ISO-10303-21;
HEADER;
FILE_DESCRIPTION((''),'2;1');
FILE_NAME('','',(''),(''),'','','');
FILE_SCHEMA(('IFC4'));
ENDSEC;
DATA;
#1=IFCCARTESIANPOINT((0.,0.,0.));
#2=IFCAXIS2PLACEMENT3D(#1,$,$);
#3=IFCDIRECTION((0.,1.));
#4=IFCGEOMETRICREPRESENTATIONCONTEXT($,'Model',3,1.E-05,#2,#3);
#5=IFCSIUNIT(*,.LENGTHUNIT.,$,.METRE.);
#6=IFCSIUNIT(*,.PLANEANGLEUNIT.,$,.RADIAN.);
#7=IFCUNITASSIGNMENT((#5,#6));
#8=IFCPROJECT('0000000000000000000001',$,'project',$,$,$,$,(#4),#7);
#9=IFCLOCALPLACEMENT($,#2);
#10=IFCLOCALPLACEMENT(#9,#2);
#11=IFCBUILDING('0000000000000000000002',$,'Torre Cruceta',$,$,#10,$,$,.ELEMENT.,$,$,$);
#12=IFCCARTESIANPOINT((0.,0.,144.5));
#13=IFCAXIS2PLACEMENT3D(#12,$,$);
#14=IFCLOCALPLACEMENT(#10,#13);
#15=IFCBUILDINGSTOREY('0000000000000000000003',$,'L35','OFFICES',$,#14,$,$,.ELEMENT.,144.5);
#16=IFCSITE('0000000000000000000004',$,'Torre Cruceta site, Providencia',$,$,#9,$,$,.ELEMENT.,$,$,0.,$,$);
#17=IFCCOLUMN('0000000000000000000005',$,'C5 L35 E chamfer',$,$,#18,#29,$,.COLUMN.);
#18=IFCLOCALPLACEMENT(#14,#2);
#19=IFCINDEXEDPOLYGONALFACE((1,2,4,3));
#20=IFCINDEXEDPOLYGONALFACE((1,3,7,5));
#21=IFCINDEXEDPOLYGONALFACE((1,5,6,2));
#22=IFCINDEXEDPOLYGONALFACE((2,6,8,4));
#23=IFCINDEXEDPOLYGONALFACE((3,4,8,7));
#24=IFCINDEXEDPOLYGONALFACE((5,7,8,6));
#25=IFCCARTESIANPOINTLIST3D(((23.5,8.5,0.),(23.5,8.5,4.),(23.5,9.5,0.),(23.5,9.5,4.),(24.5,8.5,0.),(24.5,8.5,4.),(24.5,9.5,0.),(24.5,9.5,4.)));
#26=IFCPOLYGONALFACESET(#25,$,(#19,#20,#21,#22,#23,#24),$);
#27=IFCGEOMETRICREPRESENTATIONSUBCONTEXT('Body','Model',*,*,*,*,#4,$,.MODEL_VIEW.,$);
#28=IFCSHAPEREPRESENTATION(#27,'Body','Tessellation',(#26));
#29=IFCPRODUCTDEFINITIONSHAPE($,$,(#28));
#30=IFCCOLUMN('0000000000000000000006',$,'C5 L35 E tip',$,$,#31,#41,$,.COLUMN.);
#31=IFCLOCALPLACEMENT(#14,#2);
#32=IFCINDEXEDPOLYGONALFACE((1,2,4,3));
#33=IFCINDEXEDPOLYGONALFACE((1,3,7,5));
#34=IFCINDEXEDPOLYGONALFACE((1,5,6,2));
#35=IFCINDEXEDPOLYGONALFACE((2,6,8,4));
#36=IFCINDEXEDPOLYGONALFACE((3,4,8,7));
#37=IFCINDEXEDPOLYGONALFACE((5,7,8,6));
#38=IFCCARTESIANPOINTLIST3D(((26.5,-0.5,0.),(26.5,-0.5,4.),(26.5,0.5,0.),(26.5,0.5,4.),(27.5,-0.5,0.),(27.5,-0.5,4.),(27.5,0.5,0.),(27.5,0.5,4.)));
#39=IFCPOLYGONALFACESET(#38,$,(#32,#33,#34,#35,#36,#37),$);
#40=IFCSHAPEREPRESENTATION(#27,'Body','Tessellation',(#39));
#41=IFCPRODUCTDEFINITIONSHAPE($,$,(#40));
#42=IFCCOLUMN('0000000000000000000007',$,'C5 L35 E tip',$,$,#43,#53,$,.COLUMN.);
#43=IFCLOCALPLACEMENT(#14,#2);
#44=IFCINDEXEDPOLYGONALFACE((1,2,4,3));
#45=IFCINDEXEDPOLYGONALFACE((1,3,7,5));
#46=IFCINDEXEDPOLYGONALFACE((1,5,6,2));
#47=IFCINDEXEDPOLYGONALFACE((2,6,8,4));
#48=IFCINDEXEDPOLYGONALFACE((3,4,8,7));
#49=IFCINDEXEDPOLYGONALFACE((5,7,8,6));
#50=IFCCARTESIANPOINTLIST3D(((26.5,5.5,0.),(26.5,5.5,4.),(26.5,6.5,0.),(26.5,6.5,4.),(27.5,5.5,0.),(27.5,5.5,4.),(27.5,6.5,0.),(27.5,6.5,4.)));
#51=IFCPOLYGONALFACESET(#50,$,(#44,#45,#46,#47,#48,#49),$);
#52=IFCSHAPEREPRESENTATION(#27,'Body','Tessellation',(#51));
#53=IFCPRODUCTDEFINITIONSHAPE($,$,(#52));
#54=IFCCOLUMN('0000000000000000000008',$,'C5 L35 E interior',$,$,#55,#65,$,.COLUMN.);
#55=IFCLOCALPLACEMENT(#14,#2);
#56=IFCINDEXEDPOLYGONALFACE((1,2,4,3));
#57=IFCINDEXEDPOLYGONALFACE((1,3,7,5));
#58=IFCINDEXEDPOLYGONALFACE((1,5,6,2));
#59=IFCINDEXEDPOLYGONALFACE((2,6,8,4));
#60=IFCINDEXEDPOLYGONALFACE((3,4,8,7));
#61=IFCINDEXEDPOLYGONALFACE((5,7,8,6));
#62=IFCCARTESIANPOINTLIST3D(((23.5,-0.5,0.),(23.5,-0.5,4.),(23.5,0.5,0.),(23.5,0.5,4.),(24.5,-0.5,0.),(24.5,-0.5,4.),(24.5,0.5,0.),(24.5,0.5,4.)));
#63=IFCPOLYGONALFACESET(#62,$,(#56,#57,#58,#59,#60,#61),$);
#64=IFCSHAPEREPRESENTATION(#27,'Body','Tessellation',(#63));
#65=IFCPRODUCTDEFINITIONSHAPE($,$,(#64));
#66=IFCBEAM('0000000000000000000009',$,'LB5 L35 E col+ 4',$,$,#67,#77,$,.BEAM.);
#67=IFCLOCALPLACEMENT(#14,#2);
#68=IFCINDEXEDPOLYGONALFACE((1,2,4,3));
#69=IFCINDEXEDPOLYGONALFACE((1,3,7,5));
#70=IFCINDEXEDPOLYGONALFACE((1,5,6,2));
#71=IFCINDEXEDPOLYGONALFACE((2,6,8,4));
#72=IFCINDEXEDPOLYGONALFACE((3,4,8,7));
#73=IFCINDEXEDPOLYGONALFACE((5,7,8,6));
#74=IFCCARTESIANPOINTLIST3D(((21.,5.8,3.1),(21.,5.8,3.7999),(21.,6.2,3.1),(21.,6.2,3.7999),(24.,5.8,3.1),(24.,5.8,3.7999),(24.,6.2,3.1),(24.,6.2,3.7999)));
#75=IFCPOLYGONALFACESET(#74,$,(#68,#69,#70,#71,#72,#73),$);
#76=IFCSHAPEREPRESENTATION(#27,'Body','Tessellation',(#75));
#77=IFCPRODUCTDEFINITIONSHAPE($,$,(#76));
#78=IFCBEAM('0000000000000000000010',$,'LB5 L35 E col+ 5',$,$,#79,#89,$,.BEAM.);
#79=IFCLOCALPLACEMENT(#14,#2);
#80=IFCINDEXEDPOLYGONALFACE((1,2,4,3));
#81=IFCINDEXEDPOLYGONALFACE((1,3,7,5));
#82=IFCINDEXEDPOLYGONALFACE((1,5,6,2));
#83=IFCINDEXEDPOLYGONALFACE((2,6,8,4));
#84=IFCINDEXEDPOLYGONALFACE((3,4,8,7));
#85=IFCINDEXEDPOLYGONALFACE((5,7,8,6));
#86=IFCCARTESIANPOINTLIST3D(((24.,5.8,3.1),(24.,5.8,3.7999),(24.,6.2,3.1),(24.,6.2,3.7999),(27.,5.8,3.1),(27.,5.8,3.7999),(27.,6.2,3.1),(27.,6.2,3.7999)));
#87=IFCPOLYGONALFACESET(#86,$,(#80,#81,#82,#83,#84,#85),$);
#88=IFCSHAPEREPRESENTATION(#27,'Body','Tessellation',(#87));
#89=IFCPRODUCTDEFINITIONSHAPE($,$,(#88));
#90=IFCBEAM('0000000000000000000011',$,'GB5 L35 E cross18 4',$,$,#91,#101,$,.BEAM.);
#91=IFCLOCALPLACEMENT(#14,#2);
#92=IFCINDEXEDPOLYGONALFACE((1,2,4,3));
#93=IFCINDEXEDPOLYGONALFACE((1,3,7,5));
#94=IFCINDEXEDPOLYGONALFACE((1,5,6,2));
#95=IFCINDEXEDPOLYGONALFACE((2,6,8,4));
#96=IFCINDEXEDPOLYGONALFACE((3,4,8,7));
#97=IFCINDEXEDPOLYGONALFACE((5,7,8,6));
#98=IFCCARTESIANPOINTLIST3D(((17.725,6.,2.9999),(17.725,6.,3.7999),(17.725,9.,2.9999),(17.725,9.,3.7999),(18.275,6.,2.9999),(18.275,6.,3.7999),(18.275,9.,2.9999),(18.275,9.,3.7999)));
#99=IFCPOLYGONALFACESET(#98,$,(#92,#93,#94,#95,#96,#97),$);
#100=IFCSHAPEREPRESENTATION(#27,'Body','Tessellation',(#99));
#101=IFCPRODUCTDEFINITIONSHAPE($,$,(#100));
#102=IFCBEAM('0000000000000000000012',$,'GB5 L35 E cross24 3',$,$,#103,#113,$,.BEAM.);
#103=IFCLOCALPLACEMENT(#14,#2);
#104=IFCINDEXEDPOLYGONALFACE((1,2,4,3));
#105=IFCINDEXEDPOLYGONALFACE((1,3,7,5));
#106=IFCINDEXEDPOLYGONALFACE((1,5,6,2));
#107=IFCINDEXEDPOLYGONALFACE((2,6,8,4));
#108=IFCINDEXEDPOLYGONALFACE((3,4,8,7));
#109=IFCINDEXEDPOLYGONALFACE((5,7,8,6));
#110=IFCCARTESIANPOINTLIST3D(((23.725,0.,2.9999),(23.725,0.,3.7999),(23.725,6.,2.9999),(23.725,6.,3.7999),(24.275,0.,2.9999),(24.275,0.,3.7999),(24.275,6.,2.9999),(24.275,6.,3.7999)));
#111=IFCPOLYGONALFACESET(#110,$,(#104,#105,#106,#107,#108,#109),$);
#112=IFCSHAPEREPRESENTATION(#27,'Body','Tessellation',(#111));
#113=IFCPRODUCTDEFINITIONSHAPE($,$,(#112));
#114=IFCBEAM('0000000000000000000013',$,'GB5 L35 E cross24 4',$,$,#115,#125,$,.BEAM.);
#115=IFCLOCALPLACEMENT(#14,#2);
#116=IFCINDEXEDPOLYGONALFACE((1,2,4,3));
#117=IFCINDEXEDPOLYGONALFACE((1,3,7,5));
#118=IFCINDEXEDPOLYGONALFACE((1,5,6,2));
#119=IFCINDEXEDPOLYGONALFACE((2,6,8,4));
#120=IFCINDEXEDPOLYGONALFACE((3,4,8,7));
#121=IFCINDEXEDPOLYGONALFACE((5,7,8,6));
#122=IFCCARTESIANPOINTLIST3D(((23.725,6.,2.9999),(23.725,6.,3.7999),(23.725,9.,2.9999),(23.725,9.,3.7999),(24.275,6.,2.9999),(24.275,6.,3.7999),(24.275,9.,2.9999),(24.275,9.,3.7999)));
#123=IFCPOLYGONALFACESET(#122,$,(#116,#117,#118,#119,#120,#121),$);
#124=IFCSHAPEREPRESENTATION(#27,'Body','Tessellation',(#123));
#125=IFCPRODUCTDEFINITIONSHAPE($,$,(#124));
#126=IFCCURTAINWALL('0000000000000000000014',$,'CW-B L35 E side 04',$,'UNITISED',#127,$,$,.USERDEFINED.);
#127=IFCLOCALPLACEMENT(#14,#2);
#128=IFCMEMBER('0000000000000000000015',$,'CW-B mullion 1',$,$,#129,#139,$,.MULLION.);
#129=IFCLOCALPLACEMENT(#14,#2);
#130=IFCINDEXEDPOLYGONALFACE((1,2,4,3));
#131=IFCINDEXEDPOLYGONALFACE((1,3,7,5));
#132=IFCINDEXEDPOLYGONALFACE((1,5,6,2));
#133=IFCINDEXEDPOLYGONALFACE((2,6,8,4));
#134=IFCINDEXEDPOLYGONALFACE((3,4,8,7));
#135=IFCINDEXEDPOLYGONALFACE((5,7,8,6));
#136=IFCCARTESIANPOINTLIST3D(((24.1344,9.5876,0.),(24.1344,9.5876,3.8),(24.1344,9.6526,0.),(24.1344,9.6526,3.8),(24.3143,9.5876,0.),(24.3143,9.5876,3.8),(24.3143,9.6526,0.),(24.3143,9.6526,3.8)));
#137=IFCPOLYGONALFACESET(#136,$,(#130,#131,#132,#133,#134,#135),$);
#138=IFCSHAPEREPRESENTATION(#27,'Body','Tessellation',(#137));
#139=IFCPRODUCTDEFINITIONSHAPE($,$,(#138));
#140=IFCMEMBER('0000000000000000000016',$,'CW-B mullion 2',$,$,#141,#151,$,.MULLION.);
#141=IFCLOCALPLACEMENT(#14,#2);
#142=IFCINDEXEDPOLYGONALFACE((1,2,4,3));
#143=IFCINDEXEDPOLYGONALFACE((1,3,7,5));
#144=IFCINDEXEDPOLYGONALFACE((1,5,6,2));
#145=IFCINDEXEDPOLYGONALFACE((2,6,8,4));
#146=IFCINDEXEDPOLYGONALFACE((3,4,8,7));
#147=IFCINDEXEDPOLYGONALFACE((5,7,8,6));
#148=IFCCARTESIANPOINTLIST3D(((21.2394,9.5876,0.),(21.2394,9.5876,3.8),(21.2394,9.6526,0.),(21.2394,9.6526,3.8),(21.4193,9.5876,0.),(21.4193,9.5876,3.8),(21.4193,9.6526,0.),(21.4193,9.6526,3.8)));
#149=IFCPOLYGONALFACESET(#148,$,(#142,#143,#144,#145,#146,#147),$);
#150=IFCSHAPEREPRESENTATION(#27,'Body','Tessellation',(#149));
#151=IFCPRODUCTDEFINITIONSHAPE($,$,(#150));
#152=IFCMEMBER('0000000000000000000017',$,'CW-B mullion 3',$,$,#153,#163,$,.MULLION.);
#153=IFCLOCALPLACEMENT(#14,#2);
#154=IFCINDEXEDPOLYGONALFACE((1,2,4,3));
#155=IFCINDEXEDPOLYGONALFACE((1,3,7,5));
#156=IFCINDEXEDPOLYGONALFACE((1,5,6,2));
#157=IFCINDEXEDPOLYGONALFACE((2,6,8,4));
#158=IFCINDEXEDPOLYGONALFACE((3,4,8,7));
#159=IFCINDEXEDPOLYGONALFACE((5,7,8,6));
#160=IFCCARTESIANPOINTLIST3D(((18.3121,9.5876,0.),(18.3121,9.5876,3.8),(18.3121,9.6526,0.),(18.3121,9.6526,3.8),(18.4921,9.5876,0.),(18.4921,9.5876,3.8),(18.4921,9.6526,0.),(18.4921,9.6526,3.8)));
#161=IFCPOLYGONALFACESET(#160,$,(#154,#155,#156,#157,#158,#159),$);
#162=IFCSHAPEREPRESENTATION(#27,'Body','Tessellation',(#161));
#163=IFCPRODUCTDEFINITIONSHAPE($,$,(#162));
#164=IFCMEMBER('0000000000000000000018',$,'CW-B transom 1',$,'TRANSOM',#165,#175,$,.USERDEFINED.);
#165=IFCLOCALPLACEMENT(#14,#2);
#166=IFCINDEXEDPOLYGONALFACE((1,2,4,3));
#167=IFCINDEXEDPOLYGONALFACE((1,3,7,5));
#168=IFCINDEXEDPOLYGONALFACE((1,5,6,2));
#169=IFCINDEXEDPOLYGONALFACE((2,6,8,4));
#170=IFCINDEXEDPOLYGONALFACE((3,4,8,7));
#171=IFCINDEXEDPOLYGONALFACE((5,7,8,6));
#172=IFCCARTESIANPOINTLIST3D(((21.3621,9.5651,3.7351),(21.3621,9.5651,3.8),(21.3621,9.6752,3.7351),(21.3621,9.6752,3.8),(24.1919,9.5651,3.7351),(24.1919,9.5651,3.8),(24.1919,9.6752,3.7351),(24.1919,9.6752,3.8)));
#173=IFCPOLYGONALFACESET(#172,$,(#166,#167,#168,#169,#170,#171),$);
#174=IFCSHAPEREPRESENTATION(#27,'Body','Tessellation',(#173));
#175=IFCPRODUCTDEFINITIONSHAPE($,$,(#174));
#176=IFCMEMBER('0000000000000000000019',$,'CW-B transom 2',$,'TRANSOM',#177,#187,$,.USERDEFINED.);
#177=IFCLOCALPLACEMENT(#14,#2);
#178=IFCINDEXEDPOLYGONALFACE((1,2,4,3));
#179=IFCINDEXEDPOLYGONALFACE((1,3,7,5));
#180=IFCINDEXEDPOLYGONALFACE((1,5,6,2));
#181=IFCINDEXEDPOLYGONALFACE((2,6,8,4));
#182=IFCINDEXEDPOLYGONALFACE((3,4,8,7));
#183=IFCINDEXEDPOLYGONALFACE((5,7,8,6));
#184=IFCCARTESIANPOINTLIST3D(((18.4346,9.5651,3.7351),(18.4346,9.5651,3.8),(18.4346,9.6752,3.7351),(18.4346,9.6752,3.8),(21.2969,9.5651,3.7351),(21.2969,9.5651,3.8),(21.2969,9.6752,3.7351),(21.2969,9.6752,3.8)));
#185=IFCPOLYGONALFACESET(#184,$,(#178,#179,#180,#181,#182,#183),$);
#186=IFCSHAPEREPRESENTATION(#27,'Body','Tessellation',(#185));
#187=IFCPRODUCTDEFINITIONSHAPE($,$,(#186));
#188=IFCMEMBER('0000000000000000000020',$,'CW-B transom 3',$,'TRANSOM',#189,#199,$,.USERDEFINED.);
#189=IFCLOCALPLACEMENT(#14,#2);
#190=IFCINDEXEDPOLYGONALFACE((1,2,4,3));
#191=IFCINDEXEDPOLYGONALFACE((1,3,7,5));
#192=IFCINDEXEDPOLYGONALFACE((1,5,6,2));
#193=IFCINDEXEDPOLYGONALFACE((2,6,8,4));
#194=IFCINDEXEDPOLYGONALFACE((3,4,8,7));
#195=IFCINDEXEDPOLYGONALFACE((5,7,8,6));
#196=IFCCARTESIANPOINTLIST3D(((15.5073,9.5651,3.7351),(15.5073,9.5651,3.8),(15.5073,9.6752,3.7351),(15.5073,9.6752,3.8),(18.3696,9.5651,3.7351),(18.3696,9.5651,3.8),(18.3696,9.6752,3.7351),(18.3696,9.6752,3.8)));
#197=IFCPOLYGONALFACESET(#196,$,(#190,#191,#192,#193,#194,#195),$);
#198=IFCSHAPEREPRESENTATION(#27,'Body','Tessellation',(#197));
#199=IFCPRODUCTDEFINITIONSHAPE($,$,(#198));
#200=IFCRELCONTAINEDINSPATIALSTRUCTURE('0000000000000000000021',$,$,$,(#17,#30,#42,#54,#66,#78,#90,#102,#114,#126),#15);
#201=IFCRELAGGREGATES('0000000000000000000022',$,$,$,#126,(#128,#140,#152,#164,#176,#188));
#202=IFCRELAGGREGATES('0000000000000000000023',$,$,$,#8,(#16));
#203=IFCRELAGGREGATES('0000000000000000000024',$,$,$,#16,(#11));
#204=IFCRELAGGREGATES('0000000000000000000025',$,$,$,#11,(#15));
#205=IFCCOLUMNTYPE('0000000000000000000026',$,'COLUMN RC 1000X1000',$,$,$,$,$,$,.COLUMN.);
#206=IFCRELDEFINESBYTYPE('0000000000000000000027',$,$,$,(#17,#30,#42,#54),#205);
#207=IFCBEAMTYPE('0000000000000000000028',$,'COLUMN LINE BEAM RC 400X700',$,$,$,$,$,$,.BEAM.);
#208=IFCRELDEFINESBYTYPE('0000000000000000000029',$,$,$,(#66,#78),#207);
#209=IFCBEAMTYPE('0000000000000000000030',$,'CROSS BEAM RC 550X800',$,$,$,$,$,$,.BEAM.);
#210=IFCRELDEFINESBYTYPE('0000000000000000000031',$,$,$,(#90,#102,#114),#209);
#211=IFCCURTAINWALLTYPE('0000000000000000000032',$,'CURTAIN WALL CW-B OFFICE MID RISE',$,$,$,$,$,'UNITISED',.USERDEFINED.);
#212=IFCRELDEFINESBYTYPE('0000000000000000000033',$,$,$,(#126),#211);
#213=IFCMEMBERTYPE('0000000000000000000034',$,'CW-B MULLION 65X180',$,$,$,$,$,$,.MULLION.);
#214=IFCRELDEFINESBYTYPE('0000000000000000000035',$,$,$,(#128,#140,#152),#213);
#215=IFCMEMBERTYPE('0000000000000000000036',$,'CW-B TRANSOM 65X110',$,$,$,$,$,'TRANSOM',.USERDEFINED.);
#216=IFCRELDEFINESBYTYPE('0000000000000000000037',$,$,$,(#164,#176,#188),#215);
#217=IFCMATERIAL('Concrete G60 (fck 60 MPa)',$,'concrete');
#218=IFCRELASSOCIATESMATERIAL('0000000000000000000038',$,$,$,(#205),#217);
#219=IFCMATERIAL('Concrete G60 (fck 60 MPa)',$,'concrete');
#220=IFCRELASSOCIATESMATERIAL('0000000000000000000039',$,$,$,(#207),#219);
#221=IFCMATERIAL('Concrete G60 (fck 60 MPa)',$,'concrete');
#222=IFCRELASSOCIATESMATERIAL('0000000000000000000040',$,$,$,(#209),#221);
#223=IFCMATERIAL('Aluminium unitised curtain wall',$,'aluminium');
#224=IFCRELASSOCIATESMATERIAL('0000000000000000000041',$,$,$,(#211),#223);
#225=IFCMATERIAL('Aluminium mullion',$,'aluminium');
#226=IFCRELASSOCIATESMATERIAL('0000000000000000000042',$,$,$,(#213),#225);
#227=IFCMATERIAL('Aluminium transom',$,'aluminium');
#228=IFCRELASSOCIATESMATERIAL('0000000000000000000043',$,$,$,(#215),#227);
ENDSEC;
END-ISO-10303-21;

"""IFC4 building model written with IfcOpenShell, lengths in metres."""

from ifc_helpers import new_model, si_unit, direction, frame, origin, origin_2d, place, context, subcontext, project, spatial, rectangle, extrude, material, material_profile, profile_set, type_object, element, aggregate, save


model = new_model("IFC4")

# Units and contexts
model_context = context("Model", 3, precision=1e-05, world=origin(), true_north=direction((0.0, 1.0)))
body_context = subcontext(model_context, "Body", "Model", "MODEL_VIEW")
ifc_project = project(units=[si_unit("LENGTHUNIT", "METRE"), si_unit("PLANEANGLEUNIT", "RADIAN")], contexts=[model_context])

# Site, building, storey
site_placement = place(None, origin())
site = spatial("IfcSite", under=ifc_project, at=site_placement, Name="Torre Cruceta site, Providencia", CompositionType="ELEMENT", RefElevation=0.0)
building_placement = place(site_placement, origin())
building = spatial("IfcBuilding", under=site, at=building_placement, Name="Torre Cruceta", CompositionType="ELEMENT")
storey_placement = place(building_placement, frame((0.0, 0.0, 144.5)))
storey = spatial("IfcBuildingStorey", under=building, at=storey_placement, Name="L35", Description="OFFICES", CompositionType="ELEMENT", Elevation=144.5)

# Columns
ifc_material_1 = material(Name="Concrete G60 (fck 60 MPa)", Category="concrete")
ifc_material_profile_1 = material_profile(ifc_material_1, rectangle(XDim=1.0, YDim=1.0, at=origin_2d()), Name="RC 1000X1000")
ifc_profile_set_1 = profile_set([ifc_material_profile_1], Name="Concrete G60 (fck 60 MPa)")
column_type = type_object("IfcColumnType", Name="COLUMN RC 1000X1000", PredefinedType="COLUMN", material=ifc_profile_set_1)
for number, where, z_axis, x_axis, name in (
    (1, (24.0, 9.0, 0.0), (0.0, 0.0, 1.0), (1.0, 0.0, 0.0), "C5 L35 E chamfer"),
    (2, (27.0, 0.0, 0.0), (0.0, 0.0, 1.0), (1.0, 0.0, 0.0), "C5 L35 E tip"),
    (3, (27.0, 6.0, 0.0), (0.0, 0.0, 1.0), (1.0, 0.0, 0.0), "C5 L35 E tip"),
    (4, (24.0, 0.0, 0.0), (0.0, 0.0, 1.0), (1.0, 0.0, 0.0), "C5 L35 E interior"),
):
    element("IfcColumn", number, at=place(storey_placement, frame(where, z_axis=z_axis, x_axis=x_axis)), inside=storey, type_object=column_type, Name=name, PredefinedType="COLUMN", context=body_context, shape_type="SweptSolid", body=[
        extrude(rectangle(XDim=1.0, YDim=1.0, at=origin_2d()), origin(), (0.0, 0.0, 1.0), 4.0),
    ])

# Beams
ifc_material_2 = material(Name="Concrete G60 (fck 60 MPa)", Category="concrete")
ifc_material_profile_2 = material_profile(ifc_material_2, rectangle(XDim=0.3999, YDim=0.7, at=origin_2d()), Name="RC 400X700")
ifc_profile_set_2 = profile_set([ifc_material_profile_2], Name="Concrete G60 (fck 60 MPa)")
beam_type_1 = type_object("IfcBeamType", Name="COLUMN LINE BEAM RC 400X700", PredefinedType="BEAM", material=ifc_profile_set_2)
for number, where, z_axis, x_axis, name in (
    (5, (21.0, 6.0, 3.45), (1.0, 0.0, 0.0), (0.0, 1.0, 0.0), "LB5 L35 E col+ 4"),
    (6, (24.0, 6.0, 3.45), (1.0, 0.0, 0.0), (0.0, 1.0, 0.0), "LB5 L35 E col+ 5"),
):
    element("IfcBeam", number, at=place(storey_placement, frame(where, z_axis=z_axis, x_axis=x_axis)), inside=storey, type_object=beam_type_1, Name=name, PredefinedType="BEAM", context=body_context, shape_type="SweptSolid", body=[
        extrude(rectangle(XDim=0.3999, YDim=0.7, at=origin_2d()), origin(), (0.0, 0.0, 1.0), 3.0),
    ])
ifc_material_3 = material(Name="Concrete G60 (fck 60 MPa)", Category="concrete")
ifc_material_profile_3 = material_profile(ifc_material_3, rectangle(XDim=0.55, YDim=0.8, at=origin_2d()), Name="RC 550X800")
ifc_profile_set_3 = profile_set([ifc_material_profile_3], Name="Concrete G60 (fck 60 MPa)")
beam_type_2 = type_object("IfcBeamType", Name="CROSS BEAM RC 550X800", PredefinedType="BEAM", material=ifc_profile_set_3)
beam_1_placement = place(storey_placement, frame((18.0, 6.0, 3.3999), z_axis=(0.0, 1.0, 0.0), x_axis=(-1.0, 0.0, 0.0)))
element("IfcBeam", 7, at=beam_1_placement, inside=storey, type_object=beam_type_2, Name="GB5 L35 E cross18 4", PredefinedType="BEAM", context=body_context, shape_type="SweptSolid", body=[
    extrude(rectangle(XDim=0.55, YDim=0.8, at=origin_2d()), origin(), (0.0, 0.0, 1.0), 3.0),
])
beam_2_placement = place(storey_placement, frame((24.0, 0.0, 3.3999), z_axis=(0.0, 1.0, 0.0), x_axis=(-1.0, 0.0, 0.0)))
element("IfcBeam", 8, at=beam_2_placement, inside=storey, type_object=beam_type_2, Name="GB5 L35 E cross24 3", PredefinedType="BEAM", context=body_context, shape_type="SweptSolid", body=[
    extrude(rectangle(XDim=0.55, YDim=0.8, at=origin_2d()), origin(), (0.0, 0.0, 1.0), 6.0),
])
beam_3_placement = place(storey_placement, frame((24.0, 6.0, 3.3999), z_axis=(0.0, 1.0, 0.0), x_axis=(-1.0, 0.0, 0.0)))
element("IfcBeam", 9, at=beam_3_placement, inside=storey, type_object=beam_type_2, Name="GB5 L35 E cross24 4", PredefinedType="BEAM", context=body_context, shape_type="SweptSolid", body=[
    extrude(rectangle(XDim=0.55, YDim=0.8, at=origin_2d()), origin(), (0.0, 0.0, 1.0), 3.0),
])

# Curtain wall, members
ifc_material_4 = material(Name="Aluminium unitised curtain wall", Category="aluminium")
curtain_wall_type = type_object("IfcCurtainWallType", Name="CURTAIN WALL CW-B OFFICE MID RISE", ElementType="UNITISED", PredefinedType="USERDEFINED", material=ifc_material_4)
curtain_wall_placement = place(storey_placement, origin())
curtain_wall = element("IfcCurtainWall", 10, at=curtain_wall_placement, inside=storey, type_object=curtain_wall_type, Name="CW-B L35 E side 04", ObjectType="UNITISED", PredefinedType="USERDEFINED")
ifc_material_5 = material(Name="Aluminium mullion", Category="aluminium")
ifc_material_profile_4 = material_profile(ifc_material_5, rectangle(XDim=0.0649, YDim=0.1799, at=origin_2d()), Name="AL 65X180")
ifc_profile_set_4 = profile_set([ifc_material_profile_4], Name="Aluminium mullion")
member_type_1 = type_object("IfcMemberType", Name="CW-B MULLION 65X180", PredefinedType="MULLION", material=ifc_profile_set_4)
member_1_placement = place(storey_placement, frame((24.2244, 9.6201, 0.0), z_axis=(0.0, 0.0, 1.0), x_axis=(0.0, -1.0, 0.0)))
member_1 = element("IfcMember", 11, at=member_1_placement, type_object=member_type_1, Name="CW-B mullion 1", PredefinedType="MULLION", context=body_context, shape_type="SweptSolid", body=[
    extrude(rectangle(XDim=0.0649, YDim=0.1799, at=origin_2d()), origin(), (0.0, 0.0, 1.0), 3.8),
])
member_2_placement = place(storey_placement, frame((21.3293, 9.6201, 0.0), z_axis=(0.0, 0.0, 1.0), x_axis=(0.0, -1.0, 0.0)))
member_2 = element("IfcMember", 12, at=member_2_placement, type_object=member_type_1, Name="CW-B mullion 2", PredefinedType="MULLION", context=body_context, shape_type="SweptSolid", body=[
    extrude(rectangle(XDim=0.0649, YDim=0.1799, at=origin_2d()), origin(), (0.0, 0.0, 1.0), 3.8),
])
member_3_placement = place(storey_placement, frame((18.4021, 9.6201, 0.0), z_axis=(0.0, 0.0, 1.0), x_axis=(0.0, -1.0, 0.0)))
member_3 = element("IfcMember", 13, at=member_3_placement, type_object=member_type_1, Name="CW-B mullion 3", PredefinedType="MULLION", context=body_context, shape_type="SweptSolid", body=[
    extrude(rectangle(XDim=0.0649, YDim=0.1799, at=origin_2d()), origin(), (0.0, 0.0, 1.0), 3.8),
])
ifc_material_6 = material(Name="Aluminium transom", Category="aluminium")
ifc_material_profile_5 = material_profile(ifc_material_6, rectangle(XDim=0.1101, YDim=0.0649, at=origin_2d()), Name="AL 110X65")
ifc_profile_set_5 = profile_set([ifc_material_profile_5], Name="Aluminium transom")
member_type_2 = type_object("IfcMemberType", Name="CW-B TRANSOM 65X110", ElementType="TRANSOM", PredefinedType="USERDEFINED", material=ifc_profile_set_5)
member_4_placement = place(storey_placement, frame((24.1919, 9.6201, 3.7676), z_axis=(-1.0, 0.0, 0.0), x_axis=(0.0, -1.0, 0.0)))
member_4 = element("IfcMember", 14, at=member_4_placement, type_object=member_type_2, Name="CW-B transom 1", ObjectType="TRANSOM", PredefinedType="USERDEFINED", context=body_context, shape_type="SweptSolid", body=[
    extrude(rectangle(XDim=0.1101, YDim=0.0649, at=origin_2d()), origin(), (0.0, 0.0, 1.0), 2.8298),
])
member_5_placement = place(storey_placement, frame((21.2969, 9.6201, 3.7676), z_axis=(-1.0, 0.0, 0.0), x_axis=(0.0, -1.0, 0.0)))
member_5 = element("IfcMember", 15, at=member_5_placement, type_object=member_type_2, Name="CW-B transom 2", ObjectType="TRANSOM", PredefinedType="USERDEFINED", context=body_context, shape_type="SweptSolid", body=[
    extrude(rectangle(XDim=0.1101, YDim=0.0649, at=origin_2d()), origin(), (0.0, 0.0, 1.0), 2.8623),
])
member_6_placement = place(storey_placement, frame((18.3696, 9.6201, 3.7676), z_axis=(-1.0, 0.0, 0.0), x_axis=(0.0, -1.0, 0.0)))
member_6 = element("IfcMember", 16, at=member_6_placement, type_object=member_type_2, Name="CW-B transom 3", ObjectType="TRANSOM", PredefinedType="USERDEFINED", context=body_context, shape_type="SweptSolid", body=[
    extrude(rectangle(XDim=0.1101, YDim=0.0649, at=origin_2d()), origin(), (0.0, 0.0, 1.0), 2.8623),
])

aggregate(curtain_wall, [member_1, member_2, member_3, member_4, member_5, member_6])

save(model, "model.ifc")
